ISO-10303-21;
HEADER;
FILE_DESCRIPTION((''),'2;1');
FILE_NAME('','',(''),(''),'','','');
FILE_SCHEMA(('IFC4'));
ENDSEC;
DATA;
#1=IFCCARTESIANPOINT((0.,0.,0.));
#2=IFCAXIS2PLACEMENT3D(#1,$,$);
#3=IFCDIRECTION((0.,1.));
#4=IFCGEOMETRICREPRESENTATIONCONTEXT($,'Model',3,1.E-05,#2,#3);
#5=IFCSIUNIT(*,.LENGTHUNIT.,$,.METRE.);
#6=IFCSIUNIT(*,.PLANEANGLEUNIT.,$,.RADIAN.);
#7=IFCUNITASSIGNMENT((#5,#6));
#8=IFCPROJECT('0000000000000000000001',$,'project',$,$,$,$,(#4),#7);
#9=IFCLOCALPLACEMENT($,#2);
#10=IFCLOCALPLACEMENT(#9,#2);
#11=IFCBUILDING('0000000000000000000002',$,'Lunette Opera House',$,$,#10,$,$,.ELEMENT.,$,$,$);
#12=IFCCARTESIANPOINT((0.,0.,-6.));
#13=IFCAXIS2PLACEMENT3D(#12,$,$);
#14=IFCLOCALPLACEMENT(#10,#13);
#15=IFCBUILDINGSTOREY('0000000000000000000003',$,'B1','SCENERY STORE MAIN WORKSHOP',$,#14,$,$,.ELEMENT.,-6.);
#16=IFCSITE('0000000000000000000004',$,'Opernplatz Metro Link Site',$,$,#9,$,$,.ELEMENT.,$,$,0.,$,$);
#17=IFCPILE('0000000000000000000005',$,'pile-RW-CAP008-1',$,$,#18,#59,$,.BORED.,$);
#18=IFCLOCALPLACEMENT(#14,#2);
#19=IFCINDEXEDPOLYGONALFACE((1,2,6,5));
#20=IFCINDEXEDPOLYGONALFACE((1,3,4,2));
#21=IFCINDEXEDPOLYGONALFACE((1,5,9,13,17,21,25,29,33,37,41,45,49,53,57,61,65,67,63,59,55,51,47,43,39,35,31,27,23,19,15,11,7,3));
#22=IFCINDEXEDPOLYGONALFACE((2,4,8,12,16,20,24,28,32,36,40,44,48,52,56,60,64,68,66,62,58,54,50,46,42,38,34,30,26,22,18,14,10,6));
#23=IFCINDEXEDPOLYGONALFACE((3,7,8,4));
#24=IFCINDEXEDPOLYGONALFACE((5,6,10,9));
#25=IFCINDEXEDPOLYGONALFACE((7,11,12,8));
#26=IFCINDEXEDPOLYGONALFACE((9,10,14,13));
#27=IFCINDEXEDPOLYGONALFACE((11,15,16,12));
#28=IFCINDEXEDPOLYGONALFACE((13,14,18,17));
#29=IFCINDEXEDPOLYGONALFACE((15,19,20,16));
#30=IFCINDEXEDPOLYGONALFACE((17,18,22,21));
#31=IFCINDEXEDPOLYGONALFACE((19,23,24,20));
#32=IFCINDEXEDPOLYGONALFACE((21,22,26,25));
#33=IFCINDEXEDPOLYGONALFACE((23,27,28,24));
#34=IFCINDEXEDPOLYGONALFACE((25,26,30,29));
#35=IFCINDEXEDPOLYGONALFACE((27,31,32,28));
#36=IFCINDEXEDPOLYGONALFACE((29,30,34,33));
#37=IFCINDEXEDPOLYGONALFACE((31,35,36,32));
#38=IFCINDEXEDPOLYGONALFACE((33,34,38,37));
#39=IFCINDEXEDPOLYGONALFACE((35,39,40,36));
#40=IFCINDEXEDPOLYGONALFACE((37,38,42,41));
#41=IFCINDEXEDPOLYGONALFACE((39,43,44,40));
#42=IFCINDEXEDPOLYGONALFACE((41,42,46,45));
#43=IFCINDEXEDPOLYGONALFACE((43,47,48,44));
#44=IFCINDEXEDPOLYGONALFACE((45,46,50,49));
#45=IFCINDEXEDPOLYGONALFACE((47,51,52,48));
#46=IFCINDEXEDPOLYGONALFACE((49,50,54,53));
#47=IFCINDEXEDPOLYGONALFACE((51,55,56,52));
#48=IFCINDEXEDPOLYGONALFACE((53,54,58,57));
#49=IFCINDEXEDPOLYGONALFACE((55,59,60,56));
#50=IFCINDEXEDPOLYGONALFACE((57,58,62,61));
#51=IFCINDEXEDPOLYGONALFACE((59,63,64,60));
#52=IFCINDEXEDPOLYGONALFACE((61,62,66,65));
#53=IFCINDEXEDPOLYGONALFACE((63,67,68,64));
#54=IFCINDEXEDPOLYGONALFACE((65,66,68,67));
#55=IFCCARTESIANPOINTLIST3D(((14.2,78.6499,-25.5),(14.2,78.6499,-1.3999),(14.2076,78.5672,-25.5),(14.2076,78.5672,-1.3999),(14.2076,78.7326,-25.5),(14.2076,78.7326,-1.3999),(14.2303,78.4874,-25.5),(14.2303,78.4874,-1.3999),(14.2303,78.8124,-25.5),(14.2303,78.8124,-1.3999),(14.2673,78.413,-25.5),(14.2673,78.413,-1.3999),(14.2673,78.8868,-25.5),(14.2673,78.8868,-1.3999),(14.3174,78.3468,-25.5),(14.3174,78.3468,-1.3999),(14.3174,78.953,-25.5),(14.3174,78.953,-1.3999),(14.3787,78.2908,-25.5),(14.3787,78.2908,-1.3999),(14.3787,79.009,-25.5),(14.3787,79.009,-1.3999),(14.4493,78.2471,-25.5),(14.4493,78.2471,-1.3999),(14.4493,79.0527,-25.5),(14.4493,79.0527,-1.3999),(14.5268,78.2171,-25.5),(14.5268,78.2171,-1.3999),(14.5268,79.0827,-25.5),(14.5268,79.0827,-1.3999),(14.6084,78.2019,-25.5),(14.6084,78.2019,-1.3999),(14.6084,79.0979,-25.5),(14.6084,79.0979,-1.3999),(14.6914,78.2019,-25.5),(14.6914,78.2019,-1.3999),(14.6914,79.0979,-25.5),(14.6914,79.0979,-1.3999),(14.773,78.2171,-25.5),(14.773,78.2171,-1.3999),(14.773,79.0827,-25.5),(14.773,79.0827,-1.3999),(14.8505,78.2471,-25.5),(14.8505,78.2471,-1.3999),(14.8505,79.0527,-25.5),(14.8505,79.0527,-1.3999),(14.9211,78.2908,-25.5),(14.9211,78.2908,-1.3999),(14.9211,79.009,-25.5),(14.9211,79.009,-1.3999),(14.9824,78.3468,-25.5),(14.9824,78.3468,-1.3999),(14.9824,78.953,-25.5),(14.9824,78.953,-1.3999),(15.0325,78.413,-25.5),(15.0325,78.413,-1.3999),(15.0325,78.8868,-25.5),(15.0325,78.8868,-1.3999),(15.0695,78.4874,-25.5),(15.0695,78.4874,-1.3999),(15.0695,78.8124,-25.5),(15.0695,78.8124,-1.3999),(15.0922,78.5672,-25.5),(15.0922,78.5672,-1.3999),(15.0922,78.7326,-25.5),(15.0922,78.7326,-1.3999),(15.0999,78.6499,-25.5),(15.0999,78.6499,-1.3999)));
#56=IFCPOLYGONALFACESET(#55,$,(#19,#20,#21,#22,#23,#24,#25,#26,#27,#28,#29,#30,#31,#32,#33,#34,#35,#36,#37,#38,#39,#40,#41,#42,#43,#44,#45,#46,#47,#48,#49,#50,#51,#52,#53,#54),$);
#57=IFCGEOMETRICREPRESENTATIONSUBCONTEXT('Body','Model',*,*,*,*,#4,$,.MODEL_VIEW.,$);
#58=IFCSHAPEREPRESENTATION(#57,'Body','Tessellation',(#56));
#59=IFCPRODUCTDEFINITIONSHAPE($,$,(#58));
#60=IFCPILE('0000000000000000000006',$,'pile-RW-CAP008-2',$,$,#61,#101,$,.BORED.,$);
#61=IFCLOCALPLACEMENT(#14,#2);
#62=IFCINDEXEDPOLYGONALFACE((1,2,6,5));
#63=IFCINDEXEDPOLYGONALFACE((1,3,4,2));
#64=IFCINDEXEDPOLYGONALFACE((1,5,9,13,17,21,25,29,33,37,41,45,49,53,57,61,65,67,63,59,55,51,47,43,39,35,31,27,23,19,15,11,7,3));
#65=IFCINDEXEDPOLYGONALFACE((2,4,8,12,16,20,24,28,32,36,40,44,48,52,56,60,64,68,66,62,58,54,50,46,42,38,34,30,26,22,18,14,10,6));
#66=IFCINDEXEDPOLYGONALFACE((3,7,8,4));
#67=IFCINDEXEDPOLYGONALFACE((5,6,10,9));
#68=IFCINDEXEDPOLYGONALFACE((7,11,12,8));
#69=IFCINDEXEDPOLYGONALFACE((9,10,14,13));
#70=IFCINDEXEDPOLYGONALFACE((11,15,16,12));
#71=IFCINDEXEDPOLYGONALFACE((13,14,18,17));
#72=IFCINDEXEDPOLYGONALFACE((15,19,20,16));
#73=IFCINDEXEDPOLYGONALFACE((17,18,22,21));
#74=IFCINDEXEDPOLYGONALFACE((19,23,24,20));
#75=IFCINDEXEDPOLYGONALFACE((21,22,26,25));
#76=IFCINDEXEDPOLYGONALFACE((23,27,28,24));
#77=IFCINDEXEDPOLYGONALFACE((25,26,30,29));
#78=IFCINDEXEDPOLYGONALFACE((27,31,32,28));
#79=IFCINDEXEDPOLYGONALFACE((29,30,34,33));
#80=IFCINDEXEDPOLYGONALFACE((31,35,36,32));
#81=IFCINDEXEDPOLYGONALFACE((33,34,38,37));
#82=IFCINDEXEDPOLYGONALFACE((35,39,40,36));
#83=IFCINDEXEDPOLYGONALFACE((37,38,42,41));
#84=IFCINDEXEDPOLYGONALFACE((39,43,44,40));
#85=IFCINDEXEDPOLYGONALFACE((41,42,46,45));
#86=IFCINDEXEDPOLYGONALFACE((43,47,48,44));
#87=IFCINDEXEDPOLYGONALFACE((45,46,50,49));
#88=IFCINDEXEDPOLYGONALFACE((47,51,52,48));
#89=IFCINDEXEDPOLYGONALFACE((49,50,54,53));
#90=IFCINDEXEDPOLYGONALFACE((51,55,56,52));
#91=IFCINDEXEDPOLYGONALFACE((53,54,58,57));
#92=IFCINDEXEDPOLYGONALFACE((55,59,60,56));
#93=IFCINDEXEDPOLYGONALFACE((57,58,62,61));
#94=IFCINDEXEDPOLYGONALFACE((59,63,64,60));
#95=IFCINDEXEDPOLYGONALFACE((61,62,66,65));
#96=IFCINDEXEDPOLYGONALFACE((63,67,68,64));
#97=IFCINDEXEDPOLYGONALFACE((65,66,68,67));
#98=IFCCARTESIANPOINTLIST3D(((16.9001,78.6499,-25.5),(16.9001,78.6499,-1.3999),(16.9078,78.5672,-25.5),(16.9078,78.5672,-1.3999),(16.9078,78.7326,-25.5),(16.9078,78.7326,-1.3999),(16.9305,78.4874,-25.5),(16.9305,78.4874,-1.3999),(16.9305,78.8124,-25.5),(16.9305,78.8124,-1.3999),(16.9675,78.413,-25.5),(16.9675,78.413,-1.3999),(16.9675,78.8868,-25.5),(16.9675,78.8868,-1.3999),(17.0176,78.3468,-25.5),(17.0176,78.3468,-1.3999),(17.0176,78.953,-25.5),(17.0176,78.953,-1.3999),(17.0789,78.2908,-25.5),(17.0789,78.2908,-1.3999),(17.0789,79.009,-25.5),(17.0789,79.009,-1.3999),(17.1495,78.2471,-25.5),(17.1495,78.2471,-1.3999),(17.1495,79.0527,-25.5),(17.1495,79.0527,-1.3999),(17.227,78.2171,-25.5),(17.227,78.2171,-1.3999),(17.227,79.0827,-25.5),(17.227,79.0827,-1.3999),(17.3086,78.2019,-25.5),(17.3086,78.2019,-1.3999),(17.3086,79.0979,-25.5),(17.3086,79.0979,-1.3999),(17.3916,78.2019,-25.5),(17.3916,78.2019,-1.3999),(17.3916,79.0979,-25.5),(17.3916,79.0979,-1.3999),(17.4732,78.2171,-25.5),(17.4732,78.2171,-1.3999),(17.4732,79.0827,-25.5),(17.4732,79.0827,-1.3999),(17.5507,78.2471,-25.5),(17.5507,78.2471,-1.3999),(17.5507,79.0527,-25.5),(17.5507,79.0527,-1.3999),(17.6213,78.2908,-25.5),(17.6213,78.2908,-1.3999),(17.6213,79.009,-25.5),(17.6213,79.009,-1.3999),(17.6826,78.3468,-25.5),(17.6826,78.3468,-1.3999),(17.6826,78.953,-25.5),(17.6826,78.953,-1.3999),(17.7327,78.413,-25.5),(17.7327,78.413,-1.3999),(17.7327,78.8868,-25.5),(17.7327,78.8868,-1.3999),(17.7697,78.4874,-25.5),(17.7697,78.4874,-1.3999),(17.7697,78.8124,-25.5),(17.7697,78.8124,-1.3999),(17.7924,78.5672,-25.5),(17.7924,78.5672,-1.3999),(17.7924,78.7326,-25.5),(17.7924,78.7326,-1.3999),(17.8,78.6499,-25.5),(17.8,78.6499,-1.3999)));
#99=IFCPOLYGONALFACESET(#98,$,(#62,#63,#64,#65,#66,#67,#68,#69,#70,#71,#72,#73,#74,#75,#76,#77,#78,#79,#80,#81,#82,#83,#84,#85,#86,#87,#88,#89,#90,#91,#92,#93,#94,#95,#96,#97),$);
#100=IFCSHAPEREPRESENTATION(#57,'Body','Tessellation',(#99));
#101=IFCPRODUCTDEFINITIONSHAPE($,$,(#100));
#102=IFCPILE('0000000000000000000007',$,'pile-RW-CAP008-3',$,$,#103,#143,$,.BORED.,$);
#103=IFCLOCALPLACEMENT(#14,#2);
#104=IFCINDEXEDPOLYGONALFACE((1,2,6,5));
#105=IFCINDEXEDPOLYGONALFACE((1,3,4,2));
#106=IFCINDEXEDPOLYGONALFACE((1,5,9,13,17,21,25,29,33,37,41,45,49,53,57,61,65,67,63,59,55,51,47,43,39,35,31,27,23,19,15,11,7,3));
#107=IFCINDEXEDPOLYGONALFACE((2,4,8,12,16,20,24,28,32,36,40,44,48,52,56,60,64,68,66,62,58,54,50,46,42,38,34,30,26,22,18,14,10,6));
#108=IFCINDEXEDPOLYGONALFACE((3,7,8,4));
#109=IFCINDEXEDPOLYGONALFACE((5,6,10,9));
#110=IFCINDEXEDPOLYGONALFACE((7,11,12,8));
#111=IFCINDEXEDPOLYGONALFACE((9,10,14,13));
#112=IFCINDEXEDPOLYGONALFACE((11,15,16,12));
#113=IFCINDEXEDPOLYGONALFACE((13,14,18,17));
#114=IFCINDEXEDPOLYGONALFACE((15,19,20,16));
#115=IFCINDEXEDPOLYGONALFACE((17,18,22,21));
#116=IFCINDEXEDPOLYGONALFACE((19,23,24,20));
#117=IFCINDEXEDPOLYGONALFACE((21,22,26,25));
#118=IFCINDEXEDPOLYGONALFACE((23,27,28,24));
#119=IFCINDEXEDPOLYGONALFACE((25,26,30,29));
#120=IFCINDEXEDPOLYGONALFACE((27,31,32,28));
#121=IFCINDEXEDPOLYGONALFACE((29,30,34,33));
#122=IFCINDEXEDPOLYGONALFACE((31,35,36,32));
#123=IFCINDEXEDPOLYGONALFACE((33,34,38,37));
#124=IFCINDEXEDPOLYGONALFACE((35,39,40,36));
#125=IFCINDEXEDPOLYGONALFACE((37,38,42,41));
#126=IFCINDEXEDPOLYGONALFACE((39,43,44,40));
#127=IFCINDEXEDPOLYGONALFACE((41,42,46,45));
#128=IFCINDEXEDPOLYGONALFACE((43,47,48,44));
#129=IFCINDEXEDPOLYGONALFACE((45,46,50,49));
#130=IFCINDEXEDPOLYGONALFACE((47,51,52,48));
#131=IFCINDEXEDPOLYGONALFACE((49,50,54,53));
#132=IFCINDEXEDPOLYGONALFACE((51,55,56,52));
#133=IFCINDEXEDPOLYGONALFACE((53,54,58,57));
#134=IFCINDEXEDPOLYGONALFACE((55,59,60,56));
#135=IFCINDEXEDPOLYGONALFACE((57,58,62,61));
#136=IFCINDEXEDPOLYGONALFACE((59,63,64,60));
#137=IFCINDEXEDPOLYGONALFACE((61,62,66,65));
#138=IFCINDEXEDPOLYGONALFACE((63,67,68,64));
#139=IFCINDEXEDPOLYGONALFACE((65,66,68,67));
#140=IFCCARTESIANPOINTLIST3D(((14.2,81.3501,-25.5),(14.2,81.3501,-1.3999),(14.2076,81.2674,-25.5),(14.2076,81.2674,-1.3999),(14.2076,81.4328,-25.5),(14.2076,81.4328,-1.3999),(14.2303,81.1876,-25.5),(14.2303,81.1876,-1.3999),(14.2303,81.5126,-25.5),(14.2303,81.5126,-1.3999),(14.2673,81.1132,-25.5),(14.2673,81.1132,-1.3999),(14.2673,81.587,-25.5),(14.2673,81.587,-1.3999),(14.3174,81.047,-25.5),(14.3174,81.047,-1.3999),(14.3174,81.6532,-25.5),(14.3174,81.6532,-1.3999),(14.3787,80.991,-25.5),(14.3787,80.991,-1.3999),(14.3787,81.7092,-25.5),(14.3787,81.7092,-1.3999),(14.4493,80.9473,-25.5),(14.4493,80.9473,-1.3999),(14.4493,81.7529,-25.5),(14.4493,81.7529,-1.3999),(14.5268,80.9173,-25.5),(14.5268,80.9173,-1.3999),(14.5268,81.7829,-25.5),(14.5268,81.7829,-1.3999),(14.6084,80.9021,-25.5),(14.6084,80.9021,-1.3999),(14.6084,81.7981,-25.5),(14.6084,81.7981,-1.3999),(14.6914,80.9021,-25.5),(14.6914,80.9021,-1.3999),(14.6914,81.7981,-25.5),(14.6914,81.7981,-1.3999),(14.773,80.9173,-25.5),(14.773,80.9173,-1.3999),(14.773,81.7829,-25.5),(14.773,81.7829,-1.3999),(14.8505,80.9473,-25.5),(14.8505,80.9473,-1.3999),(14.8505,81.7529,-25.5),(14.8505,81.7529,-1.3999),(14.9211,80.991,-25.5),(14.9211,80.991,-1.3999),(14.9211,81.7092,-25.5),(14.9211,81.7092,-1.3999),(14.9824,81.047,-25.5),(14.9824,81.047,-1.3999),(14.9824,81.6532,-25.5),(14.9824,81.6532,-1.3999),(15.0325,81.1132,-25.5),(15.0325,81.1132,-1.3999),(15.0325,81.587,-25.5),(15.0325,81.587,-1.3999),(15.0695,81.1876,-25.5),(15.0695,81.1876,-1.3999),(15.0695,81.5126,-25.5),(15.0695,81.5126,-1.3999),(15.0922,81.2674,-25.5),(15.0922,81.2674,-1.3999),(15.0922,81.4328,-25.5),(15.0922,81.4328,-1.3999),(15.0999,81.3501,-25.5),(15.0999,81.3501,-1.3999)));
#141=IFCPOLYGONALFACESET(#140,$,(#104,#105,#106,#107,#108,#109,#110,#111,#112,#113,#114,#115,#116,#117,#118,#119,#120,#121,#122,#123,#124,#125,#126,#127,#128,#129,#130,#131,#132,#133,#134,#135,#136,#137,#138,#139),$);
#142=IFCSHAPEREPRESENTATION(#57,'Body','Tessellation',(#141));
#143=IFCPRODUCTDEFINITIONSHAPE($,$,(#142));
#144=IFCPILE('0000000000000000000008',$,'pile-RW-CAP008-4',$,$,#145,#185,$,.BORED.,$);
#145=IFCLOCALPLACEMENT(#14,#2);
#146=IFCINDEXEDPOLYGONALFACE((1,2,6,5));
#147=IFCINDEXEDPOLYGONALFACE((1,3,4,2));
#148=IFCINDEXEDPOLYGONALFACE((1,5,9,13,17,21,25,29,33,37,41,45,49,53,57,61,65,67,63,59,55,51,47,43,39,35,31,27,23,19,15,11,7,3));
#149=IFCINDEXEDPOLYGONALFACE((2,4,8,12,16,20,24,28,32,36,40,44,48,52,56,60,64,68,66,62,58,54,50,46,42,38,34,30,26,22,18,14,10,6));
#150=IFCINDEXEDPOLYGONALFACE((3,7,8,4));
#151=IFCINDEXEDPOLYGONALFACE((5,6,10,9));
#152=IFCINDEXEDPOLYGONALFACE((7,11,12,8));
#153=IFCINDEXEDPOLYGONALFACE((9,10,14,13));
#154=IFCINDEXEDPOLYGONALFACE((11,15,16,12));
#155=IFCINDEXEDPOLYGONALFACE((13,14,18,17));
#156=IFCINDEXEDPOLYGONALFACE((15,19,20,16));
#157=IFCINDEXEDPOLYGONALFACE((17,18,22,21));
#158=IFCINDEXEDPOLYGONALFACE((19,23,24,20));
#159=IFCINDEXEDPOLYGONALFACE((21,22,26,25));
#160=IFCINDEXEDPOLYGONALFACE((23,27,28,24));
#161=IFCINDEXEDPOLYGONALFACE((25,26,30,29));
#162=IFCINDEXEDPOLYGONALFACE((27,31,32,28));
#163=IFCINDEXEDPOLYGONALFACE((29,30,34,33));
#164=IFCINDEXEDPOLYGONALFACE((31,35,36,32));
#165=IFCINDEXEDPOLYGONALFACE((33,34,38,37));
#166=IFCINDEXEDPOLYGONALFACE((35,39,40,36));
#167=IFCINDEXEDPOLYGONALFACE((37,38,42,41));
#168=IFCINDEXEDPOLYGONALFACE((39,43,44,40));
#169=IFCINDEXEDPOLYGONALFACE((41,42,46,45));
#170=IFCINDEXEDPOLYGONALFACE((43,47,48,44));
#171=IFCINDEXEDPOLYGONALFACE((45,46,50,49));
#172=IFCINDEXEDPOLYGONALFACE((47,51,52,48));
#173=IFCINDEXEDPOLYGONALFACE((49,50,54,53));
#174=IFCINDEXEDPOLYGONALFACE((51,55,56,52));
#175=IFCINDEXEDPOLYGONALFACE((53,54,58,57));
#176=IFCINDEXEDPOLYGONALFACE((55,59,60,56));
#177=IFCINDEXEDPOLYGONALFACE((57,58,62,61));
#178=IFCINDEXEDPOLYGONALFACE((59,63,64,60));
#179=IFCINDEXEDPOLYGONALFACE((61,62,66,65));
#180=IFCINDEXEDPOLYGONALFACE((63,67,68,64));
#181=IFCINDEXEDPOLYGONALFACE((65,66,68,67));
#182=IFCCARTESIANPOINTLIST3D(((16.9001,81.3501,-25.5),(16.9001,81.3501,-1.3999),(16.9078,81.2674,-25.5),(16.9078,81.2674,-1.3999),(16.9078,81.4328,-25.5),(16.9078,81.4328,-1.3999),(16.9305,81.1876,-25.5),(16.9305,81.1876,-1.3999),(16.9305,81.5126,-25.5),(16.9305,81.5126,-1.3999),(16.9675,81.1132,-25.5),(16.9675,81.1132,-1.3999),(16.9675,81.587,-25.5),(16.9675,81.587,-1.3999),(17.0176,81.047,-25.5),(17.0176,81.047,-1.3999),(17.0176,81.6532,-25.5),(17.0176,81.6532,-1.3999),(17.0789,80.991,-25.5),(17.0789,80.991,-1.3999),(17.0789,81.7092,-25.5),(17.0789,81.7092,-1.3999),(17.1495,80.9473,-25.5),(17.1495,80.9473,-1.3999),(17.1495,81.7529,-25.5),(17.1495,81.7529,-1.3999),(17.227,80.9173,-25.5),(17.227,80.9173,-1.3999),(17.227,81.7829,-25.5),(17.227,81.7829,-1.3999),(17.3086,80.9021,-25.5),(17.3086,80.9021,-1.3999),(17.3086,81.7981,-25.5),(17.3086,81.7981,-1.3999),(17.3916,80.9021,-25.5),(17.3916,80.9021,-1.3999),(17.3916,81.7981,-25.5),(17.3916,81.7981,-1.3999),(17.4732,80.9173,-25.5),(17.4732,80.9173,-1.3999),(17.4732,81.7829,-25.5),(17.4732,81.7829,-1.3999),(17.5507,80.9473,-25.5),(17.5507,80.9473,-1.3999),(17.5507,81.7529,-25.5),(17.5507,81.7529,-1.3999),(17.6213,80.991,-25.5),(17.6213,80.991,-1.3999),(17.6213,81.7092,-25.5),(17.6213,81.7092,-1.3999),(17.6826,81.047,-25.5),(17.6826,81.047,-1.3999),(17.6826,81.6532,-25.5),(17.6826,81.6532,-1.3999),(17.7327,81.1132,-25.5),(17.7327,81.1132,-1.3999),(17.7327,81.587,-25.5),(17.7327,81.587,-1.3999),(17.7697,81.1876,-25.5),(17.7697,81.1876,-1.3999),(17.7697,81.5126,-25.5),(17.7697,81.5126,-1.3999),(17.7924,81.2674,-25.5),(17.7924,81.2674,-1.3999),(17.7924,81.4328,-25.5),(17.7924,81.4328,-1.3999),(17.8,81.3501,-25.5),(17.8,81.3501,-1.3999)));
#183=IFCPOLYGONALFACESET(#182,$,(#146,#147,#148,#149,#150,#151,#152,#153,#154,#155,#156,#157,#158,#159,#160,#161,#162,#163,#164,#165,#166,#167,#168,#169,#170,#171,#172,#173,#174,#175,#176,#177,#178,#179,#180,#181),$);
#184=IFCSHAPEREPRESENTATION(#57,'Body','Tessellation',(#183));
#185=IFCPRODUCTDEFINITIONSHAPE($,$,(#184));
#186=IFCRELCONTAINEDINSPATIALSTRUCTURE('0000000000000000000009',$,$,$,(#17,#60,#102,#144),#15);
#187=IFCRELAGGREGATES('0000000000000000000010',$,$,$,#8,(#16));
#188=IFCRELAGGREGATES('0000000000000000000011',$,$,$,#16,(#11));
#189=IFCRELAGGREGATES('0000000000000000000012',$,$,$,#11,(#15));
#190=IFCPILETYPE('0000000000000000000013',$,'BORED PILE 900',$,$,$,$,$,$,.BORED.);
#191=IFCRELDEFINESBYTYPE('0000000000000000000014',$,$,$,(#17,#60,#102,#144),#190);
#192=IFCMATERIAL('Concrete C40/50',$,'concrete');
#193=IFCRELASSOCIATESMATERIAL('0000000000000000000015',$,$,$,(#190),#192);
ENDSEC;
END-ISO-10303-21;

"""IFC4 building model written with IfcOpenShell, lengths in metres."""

from ifc_helpers import new_model, si_unit, direction, frame, origin, origin_2d, place, context, subcontext, project, spatial, circle, extrude, material, material_profile, profile_set, type_object, element, save


model = new_model("IFC4")

# Units and contexts
model_context = context("Model", 3, precision=1e-05, world=origin(), true_north=direction((0.0, 1.0)))
body_context = subcontext(model_context, "Body", "Model", "MODEL_VIEW")
ifc_project = project(units=[si_unit("LENGTHUNIT", "METRE"), si_unit("PLANEANGLEUNIT", "RADIAN")], contexts=[model_context])

# Site, building, storey
site_placement = place(None, origin())
site = spatial("IfcSite", under=ifc_project, at=site_placement, Name="Opernplatz Metro Link Site", CompositionType="ELEMENT", RefElevation=0.0)
building_placement = place(site_placement, origin())
building = spatial("IfcBuilding", under=site, at=building_placement, Name="Lunette Opera House", CompositionType="ELEMENT")
storey_placement = place(building_placement, frame((0.0, 0.0, -6.0)))
storey = spatial("IfcBuildingStorey", under=building, at=storey_placement, Name="B1", Description="SCENERY STORE MAIN WORKSHOP", CompositionType="ELEMENT", Elevation=-6.0)

# Piles
ifc_material_1 = material(Name="Concrete C40/50", Category="concrete")
ifc_material_profile_1 = material_profile(ifc_material_1, circle(Radius=0.45, at=origin_2d()), Name="BORED PILE 900")
ifc_profile_set_1 = profile_set([ifc_material_profile_1], Name="Concrete C40/50")
pile_type = type_object("IfcPileType", Name="BORED PILE 900", PredefinedType="BORED", material=ifc_profile_set_1)
for number, where, z_axis, x_axis, name in (
    (1, (14.6499, 78.6499, -1.3999), (0.0, 0.0, -1.0), (1.0, 0.0, 0.0), "pile-RW-CAP008-1"),
    (2, (17.3501, 78.6499, -1.3999), (0.0, 0.0, -1.0), (1.0, 0.0, 0.0), "pile-RW-CAP008-2"),
    (3, (14.6499, 81.3501, -1.3999), (0.0, 0.0, -1.0), (1.0, 0.0, 0.0), "pile-RW-CAP008-3"),
    (4, (17.3501, 81.3501, -1.3999), (0.0, 0.0, -1.0), (1.0, 0.0, 0.0), "pile-RW-CAP008-4"),
):
    element("IfcPile", number, at=place(storey_placement, frame(where, z_axis=z_axis, x_axis=x_axis)), inside=storey, type_object=pile_type, Name=name, PredefinedType="BORED", context=body_context, shape_type="SweptSolid", body=[
        extrude(circle(Radius=0.45, at=origin_2d()), origin(), (0.0, 0.0, 1.0), 24.1001),
    ])

save(model, "model.ifc")
